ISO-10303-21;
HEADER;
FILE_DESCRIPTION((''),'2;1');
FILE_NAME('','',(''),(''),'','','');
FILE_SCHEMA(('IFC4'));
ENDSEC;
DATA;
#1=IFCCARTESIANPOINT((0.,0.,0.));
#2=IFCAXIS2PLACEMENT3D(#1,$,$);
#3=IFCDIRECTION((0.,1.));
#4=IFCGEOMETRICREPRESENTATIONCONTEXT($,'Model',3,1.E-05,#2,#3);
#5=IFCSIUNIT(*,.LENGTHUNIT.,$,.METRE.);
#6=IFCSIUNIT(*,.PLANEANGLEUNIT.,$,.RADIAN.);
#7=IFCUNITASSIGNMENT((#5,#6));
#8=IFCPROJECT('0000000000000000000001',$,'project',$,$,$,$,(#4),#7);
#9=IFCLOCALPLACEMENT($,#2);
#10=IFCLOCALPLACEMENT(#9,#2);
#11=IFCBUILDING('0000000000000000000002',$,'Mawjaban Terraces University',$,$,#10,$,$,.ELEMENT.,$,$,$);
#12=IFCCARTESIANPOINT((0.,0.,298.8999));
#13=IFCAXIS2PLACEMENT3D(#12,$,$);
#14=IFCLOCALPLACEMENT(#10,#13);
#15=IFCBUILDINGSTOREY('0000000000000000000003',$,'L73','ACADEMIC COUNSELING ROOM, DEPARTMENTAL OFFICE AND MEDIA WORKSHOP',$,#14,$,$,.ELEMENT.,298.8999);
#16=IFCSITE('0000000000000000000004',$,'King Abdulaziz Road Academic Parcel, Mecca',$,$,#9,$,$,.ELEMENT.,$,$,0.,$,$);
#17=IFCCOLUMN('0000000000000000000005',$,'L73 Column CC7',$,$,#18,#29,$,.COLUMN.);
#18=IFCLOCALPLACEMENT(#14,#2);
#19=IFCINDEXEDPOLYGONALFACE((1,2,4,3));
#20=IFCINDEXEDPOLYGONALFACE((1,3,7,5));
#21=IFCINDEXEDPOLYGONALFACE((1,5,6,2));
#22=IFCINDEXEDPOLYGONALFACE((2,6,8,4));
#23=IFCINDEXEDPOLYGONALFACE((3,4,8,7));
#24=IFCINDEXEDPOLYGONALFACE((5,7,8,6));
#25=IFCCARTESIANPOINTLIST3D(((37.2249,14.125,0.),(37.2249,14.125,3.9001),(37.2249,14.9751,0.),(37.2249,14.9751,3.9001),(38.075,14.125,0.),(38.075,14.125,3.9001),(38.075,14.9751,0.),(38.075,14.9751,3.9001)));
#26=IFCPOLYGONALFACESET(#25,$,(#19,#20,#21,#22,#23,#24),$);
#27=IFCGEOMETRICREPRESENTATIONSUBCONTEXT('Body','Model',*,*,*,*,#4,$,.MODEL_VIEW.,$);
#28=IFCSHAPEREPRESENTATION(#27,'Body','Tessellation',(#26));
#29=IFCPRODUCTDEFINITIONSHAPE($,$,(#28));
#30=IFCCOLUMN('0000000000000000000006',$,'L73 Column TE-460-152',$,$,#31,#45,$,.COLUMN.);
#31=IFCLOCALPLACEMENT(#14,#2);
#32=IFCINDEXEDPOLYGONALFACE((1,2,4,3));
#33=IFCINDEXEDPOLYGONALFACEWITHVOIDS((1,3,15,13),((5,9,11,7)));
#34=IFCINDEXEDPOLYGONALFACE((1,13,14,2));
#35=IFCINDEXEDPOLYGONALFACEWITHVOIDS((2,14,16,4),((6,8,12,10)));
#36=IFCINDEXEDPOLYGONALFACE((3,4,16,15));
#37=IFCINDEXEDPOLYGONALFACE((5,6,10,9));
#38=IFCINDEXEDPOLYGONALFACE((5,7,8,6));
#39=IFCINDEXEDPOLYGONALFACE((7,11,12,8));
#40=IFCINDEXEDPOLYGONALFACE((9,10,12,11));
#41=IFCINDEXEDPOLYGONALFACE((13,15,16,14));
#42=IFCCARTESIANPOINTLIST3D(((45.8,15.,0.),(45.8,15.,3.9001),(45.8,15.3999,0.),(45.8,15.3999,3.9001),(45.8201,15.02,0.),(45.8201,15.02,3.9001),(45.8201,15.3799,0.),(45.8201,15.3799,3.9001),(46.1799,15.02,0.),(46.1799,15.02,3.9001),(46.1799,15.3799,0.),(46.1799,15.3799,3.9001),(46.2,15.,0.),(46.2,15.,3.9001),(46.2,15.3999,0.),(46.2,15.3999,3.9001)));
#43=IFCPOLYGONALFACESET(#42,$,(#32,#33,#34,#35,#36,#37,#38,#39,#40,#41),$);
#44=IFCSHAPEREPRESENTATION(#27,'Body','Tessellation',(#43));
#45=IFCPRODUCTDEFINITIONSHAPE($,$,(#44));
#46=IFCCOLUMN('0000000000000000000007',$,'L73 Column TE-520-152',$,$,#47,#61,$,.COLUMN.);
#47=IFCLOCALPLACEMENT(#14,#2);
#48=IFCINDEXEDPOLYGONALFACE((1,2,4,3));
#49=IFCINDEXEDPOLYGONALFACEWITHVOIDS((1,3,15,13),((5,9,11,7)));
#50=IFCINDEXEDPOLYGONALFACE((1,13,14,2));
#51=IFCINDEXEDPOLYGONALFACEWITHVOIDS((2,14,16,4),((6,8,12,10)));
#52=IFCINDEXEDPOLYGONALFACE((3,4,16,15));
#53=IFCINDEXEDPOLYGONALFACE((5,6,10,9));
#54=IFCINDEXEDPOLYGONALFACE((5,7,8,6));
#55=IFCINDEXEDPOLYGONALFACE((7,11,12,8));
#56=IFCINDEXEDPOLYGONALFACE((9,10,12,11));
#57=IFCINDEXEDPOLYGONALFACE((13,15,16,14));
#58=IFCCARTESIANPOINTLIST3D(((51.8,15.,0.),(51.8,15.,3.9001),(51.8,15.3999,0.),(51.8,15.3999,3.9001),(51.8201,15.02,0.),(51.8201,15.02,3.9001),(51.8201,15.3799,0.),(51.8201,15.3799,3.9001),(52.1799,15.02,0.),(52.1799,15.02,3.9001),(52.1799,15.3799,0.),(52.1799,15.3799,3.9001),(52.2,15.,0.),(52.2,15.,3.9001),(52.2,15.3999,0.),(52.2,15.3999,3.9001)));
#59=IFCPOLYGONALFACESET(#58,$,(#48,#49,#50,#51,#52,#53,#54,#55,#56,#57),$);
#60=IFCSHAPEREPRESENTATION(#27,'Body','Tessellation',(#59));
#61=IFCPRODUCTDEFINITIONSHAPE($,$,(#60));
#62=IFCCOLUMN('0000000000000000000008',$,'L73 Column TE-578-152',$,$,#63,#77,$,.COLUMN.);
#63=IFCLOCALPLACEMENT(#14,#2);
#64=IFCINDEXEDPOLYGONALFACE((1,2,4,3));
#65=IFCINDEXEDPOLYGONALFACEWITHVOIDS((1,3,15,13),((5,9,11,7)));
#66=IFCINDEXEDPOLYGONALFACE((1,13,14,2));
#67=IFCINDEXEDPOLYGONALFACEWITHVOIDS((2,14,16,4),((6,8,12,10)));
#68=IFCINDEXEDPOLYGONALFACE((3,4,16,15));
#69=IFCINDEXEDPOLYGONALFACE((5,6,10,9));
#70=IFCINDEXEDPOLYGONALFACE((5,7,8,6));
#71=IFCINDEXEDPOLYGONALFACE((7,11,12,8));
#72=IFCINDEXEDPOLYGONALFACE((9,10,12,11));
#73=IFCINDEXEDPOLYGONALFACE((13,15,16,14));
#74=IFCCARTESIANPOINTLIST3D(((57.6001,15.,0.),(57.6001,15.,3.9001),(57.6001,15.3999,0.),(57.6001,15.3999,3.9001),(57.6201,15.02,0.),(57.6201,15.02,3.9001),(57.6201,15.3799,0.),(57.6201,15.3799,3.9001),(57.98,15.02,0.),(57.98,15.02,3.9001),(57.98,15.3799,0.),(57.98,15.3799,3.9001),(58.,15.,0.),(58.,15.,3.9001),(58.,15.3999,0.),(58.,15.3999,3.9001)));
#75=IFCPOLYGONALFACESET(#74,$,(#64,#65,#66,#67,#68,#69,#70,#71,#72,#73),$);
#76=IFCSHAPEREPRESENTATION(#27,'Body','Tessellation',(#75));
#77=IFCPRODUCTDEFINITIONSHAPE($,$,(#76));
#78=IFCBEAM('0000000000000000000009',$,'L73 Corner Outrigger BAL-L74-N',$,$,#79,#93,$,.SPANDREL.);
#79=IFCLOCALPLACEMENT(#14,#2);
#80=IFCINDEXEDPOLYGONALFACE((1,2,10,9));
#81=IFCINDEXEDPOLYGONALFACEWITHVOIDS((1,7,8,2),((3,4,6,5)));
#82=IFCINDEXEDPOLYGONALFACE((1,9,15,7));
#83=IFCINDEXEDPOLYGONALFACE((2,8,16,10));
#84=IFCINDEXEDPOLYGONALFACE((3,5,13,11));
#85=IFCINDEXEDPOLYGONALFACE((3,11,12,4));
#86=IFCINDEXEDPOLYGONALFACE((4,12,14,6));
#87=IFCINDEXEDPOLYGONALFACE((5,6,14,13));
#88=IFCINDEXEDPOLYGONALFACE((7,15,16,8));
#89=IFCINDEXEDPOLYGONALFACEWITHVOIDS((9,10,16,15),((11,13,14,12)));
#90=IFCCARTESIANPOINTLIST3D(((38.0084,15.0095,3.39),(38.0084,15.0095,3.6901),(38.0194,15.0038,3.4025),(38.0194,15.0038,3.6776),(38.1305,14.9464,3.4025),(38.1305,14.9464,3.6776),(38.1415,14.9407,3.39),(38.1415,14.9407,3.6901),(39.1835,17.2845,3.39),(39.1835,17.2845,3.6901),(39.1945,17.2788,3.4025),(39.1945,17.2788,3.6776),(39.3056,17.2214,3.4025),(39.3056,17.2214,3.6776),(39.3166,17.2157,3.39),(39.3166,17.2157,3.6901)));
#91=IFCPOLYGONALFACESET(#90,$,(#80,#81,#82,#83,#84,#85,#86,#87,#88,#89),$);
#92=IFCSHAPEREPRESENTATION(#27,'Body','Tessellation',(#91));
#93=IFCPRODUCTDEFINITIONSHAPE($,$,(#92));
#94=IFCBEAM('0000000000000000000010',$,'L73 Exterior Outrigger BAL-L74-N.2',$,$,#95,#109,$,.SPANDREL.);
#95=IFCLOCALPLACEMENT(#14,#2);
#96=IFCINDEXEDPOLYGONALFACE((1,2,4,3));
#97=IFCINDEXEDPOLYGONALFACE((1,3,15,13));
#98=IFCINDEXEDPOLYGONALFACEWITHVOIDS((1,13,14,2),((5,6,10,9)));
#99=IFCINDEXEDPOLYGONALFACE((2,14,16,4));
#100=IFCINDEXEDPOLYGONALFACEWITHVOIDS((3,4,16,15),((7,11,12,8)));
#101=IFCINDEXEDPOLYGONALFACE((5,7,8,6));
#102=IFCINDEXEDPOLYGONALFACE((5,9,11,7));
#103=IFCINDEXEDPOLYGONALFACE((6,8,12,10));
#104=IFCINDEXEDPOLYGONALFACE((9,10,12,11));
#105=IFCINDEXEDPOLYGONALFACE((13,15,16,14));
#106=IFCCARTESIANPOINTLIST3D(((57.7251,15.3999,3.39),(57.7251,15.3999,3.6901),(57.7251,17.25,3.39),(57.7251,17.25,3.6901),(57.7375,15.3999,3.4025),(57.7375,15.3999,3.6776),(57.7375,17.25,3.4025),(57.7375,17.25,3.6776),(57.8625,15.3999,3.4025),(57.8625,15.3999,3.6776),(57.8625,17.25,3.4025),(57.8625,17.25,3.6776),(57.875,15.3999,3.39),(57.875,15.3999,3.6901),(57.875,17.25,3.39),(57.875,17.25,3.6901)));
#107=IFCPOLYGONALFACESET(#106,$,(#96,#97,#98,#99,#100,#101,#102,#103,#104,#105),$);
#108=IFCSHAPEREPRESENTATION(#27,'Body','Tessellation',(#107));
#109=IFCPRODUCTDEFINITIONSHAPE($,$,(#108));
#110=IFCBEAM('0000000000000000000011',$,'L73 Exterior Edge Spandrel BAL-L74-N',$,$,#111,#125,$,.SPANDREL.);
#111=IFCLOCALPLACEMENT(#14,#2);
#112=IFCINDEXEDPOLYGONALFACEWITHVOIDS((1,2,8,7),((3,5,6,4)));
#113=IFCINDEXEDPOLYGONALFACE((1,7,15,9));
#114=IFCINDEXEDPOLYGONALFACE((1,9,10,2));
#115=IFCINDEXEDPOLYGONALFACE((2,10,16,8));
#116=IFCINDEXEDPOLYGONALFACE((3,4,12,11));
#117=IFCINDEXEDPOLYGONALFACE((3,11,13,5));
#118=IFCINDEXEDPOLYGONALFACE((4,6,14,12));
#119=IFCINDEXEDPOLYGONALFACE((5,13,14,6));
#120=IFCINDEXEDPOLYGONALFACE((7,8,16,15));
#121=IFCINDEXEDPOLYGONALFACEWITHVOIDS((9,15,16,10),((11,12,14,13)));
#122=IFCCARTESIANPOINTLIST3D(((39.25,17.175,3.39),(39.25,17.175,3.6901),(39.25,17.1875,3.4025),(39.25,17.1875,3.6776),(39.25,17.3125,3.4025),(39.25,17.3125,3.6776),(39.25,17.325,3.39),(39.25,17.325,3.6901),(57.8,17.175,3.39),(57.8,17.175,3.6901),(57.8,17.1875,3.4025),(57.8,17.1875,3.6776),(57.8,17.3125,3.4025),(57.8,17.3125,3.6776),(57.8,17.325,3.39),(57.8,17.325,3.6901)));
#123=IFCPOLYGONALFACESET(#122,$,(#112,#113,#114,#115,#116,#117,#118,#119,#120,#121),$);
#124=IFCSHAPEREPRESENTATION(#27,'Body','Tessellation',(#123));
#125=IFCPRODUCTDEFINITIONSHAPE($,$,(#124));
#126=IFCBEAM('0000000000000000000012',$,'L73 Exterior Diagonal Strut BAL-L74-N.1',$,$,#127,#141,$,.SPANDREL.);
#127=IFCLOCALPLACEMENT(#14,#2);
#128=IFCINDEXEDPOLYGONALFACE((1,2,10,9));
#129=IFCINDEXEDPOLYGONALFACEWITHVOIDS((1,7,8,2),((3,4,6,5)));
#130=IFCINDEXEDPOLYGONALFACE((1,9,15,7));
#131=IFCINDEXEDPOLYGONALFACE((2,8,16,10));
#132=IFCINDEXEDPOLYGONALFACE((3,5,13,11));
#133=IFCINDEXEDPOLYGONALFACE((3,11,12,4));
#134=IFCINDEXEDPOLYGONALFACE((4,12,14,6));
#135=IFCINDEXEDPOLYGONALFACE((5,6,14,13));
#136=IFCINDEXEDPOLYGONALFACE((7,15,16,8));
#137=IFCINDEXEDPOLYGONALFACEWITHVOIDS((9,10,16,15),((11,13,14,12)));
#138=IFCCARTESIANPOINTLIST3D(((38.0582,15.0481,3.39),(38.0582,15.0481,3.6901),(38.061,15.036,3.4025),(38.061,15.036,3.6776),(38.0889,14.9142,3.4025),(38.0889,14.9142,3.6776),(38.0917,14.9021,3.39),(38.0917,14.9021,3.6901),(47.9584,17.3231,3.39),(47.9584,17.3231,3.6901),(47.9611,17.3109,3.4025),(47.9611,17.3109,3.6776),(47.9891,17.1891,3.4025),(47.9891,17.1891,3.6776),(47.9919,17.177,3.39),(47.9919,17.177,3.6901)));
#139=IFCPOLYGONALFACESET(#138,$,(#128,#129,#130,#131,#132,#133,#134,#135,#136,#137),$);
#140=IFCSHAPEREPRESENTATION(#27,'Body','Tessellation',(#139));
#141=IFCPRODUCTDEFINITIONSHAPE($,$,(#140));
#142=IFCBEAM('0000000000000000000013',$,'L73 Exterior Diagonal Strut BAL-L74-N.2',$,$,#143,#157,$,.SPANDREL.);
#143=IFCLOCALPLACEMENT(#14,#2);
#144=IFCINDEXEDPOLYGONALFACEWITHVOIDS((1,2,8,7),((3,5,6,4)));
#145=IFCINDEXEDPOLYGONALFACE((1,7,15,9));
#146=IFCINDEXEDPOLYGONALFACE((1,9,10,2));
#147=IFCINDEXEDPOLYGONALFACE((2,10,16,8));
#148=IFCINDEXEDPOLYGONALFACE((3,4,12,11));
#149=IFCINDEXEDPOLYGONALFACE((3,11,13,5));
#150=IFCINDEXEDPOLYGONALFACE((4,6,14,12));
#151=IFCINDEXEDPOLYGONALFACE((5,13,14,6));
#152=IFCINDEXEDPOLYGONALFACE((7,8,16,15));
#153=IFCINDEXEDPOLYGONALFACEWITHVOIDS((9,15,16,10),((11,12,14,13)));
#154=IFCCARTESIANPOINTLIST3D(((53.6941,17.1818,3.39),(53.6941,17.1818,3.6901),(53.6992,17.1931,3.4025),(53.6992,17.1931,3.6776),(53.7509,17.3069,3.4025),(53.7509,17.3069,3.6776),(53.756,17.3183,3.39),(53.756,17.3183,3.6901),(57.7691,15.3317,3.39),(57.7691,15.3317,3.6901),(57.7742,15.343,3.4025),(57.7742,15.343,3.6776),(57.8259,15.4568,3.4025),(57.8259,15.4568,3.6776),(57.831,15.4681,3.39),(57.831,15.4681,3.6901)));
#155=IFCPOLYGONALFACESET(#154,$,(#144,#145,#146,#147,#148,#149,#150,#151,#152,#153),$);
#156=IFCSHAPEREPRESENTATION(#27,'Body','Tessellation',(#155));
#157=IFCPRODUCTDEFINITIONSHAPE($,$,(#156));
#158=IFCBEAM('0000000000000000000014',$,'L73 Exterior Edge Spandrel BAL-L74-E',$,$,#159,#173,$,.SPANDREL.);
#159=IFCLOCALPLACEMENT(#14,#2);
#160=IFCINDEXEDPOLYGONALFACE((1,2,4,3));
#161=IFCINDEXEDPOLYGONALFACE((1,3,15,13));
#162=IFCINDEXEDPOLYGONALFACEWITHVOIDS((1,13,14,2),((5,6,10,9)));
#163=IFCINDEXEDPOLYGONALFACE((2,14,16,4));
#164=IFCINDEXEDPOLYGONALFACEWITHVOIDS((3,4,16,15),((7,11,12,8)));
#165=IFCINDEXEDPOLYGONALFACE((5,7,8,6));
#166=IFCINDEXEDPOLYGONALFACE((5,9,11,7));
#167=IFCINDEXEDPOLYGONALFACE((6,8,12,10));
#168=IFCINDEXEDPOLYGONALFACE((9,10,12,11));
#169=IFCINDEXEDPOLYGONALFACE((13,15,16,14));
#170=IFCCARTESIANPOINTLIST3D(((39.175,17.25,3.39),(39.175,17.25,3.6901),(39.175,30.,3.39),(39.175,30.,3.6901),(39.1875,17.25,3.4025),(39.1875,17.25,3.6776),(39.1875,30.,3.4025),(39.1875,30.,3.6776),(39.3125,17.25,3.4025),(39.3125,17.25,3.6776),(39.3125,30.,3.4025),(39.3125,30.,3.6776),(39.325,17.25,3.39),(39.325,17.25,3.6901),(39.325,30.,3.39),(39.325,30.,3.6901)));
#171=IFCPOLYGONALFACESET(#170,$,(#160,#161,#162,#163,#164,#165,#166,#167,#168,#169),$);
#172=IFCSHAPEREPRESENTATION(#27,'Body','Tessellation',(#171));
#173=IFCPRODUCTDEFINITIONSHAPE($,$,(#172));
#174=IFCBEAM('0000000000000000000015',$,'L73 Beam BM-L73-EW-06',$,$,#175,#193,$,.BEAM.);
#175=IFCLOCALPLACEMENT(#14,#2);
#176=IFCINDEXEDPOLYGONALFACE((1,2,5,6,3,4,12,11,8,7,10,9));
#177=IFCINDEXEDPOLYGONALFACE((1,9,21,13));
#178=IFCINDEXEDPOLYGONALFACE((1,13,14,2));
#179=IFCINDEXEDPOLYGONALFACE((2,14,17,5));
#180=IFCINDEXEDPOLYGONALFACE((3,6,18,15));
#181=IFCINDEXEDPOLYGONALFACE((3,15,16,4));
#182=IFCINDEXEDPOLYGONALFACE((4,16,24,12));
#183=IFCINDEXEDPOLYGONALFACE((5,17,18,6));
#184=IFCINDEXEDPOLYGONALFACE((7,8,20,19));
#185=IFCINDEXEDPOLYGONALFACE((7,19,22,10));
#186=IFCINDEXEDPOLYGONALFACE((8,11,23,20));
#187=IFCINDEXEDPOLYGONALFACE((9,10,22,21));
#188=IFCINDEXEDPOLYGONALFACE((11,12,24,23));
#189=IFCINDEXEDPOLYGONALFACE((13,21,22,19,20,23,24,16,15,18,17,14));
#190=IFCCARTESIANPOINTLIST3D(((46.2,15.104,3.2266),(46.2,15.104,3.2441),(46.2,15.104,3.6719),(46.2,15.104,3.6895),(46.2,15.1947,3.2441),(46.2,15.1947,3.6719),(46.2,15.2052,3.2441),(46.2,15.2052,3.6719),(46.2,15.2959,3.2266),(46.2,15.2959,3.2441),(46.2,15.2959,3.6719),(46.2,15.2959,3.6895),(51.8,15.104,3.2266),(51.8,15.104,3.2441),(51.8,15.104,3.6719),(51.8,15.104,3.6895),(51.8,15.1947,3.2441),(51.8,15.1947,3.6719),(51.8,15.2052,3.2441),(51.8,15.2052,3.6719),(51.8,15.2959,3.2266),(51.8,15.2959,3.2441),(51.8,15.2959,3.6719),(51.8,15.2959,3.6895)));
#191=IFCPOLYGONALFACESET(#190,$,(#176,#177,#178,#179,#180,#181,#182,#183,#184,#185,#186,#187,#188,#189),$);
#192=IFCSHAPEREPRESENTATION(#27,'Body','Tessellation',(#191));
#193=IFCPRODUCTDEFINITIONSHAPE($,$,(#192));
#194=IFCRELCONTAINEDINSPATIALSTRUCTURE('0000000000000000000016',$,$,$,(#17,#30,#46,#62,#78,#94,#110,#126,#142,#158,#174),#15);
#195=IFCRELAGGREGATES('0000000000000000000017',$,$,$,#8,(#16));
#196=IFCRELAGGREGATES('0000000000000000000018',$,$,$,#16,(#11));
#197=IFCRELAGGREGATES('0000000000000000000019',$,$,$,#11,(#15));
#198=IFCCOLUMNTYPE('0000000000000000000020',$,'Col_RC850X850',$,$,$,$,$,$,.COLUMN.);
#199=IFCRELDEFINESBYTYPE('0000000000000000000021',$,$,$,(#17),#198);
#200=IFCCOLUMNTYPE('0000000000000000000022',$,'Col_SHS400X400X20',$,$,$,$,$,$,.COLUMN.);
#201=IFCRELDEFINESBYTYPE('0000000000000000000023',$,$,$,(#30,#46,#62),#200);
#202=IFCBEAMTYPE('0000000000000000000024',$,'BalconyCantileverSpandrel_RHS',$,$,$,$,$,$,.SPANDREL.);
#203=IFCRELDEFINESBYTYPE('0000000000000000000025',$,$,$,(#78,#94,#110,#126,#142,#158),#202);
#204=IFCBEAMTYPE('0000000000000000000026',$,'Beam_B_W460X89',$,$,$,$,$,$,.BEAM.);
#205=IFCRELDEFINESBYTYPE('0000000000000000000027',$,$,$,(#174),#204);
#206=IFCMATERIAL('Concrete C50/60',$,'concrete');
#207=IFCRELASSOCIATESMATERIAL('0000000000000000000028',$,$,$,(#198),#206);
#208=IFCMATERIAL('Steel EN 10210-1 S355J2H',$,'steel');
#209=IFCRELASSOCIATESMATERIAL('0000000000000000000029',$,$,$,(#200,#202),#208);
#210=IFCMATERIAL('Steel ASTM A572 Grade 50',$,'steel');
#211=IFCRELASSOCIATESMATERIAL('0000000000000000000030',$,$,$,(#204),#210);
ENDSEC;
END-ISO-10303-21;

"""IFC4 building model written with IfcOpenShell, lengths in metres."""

from ifc_helpers import new_model, si_unit, direction, frame, origin, origin_2d, place, context, subcontext, project, spatial, rectangle, hollow_rectangle, i_section, extrude, material, material_profile, profile_set, type_object, element, save


model = new_model("IFC4")

# Units and contexts
model_context = context("Model", 3, precision=1e-05, world=origin(), true_north=direction((0.0, 1.0)))
body_context = subcontext(model_context, "Body", "Model", "MODEL_VIEW")
ifc_project = project(units=[si_unit("LENGTHUNIT", "METRE"), si_unit("PLANEANGLEUNIT", "RADIAN")], contexts=[model_context])

# Site, building, storey
site_placement = place(None, origin())
site = spatial("IfcSite", under=ifc_project, at=site_placement, Name="King Abdulaziz Road Academic Parcel, Mecca", CompositionType="ELEMENT", RefElevation=0.0)
building_placement = place(site_placement, origin())
building = spatial("IfcBuilding", under=site, at=building_placement, Name="Mawjaban Terraces University", CompositionType="ELEMENT")
storey_placement = place(building_placement, frame((0.0, 0.0, 298.8999)))
storey = spatial("IfcBuildingStorey", under=building, at=storey_placement, Name="L73", Description="ACADEMIC COUNSELING ROOM, DEPARTMENTAL OFFICE AND MEDIA WORKSHOP", CompositionType="ELEMENT", Elevation=298.8999)

# Columns
ifc_material_1 = material(Name="Concrete C50/60", Category="concrete")
ifc_material_profile_1 = material_profile(ifc_material_1, rectangle(XDim=0.8501, YDim=0.8501, at=origin_2d()), Name="RC850X850")
ifc_profile_set_1 = profile_set([ifc_material_profile_1], Name="Concrete C50/60")
column_type_1 = type_object("IfcColumnType", Name="Col_RC850X850", PredefinedType="COLUMN", material=ifc_profile_set_1)
column_placement = place(storey_placement, frame((37.6499, 14.55, 0.0), z_axis=(0.0, 0.0, 1.0), x_axis=(1.0, 0.0, 0.0)))
element("IfcColumn", 1, at=column_placement, inside=storey, type_object=column_type_1, Name="L73 Column CC7", PredefinedType="COLUMN", context=body_context, shape_type="SweptSolid", body=[
    extrude(rectangle(XDim=0.8501, YDim=0.8501, at=origin_2d()), origin(), (0.0, 0.0, 1.0), 3.9001),
])
ifc_material_2 = material(Name="Steel EN 10210-1 S355J2H", Category="steel")
ifc_material_profile_2 = material_profile(ifc_material_2, hollow_rectangle(XDim=0.3999, YDim=0.3999, WallThickness=0.02, at=origin_2d()), Name="SHS400X400X20")
ifc_profile_set_2 = profile_set([ifc_material_profile_2], Name="Steel EN 10210-1 S355J2H")
column_type_2 = type_object("IfcColumnType", Name="Col_SHS400X400X20", PredefinedType="COLUMN", material=ifc_profile_set_2)
for number, where, z_axis, x_axis, name in (
    (2, (46.0, 15.2, 0.0), (0.0, 0.0, 1.0), (1.0, 0.0, 0.0), "L73 Column TE-460-152"),
    (3, (52.0, 15.2, 0.0), (0.0, 0.0, 1.0), (1.0, 0.0, 0.0), "L73 Column TE-520-152"),
    (4, (57.8, 15.2, 0.0), (0.0, 0.0, 1.0), (1.0, 0.0, 0.0), "L73 Column TE-578-152"),
):
    element("IfcColumn", number, at=place(storey_placement, frame(where, z_axis=z_axis, x_axis=x_axis)), inside=storey, type_object=column_type_2, Name=name, PredefinedType="COLUMN", context=body_context, shape_type="SweptSolid", body=[
        extrude(hollow_rectangle(XDim=0.3999, YDim=0.3999, WallThickness=0.02, at=origin_2d()), origin(), (0.0, 0.0, 1.0), 3.9001),
    ])

# Beams
ifc_material_profile_3 = material_profile(ifc_material_2, hollow_rectangle(XDim=0.1499, YDim=0.3, WallThickness=0.0125, at=origin_2d()), Name="RHS300X150X12.5")
ifc_profile_set_3 = profile_set([ifc_material_profile_3], Name="Steel EN 10210-1 S355J2H")
beam_type_1 = type_object("IfcBeamType", Name="BalconyCantileverSpandrel_RHS", PredefinedType="SPANDREL", material=ifc_profile_set_3)
beam_1_placement = place(storey_placement, frame((38.075, 14.9751, 3.54), z_axis=(0.458922, 0.888476, 0.0), x_axis=(-0.888476, 0.458922, 0.0)))
element("IfcBeam", 5, at=beam_1_placement, inside=storey, type_object=beam_type_1, Name="L73 Corner Outrigger BAL-L74-N", PredefinedType="SPANDREL", context=body_context, shape_type="SweptSolid", body=[
    extrude(hollow_rectangle(XDim=0.1499, YDim=0.3, WallThickness=0.0125, at=origin_2d()), origin(), (0.0, 0.0, 1.0), 2.5605),
])
beam_2_placement = place(storey_placement, frame((57.8, 15.3999, 3.54), z_axis=(0.0, 1.0, 0.0), x_axis=(-1.0, 0.0, 0.0)))
element("IfcBeam", 6, at=beam_2_placement, inside=storey, type_object=beam_type_1, Name="L73 Exterior Outrigger BAL-L74-N.2", PredefinedType="SPANDREL", context=body_context, shape_type="SweptSolid", body=[
    extrude(hollow_rectangle(XDim=0.1499, YDim=0.3, WallThickness=0.0125, at=origin_2d()), origin(), (0.0, 0.0, 1.0), 1.8501),
])
beam_3_placement = place(storey_placement, frame((39.25, 17.25, 3.54), z_axis=(1.0, 0.0, 0.0), x_axis=(0.0, 1.0, 0.0)))
element("IfcBeam", 7, at=beam_3_placement, inside=storey, type_object=beam_type_1, Name="L73 Exterior Edge Spandrel BAL-L74-N", PredefinedType="SPANDREL", context=body_context, shape_type="SweptSolid", body=[
    extrude(hollow_rectangle(XDim=0.1499, YDim=0.3, WallThickness=0.0125, at=origin_2d()), origin(), (0.0, 0.0, 1.0), 18.55),
])
beam_4_placement = place(storey_placement, frame((38.075, 14.9751, 3.54), z_axis=(0.974601, 0.223948, 0.0), x_axis=(-0.223948, 0.974601, 0.0)))
element("IfcBeam", 8, at=beam_4_placement, inside=storey, type_object=beam_type_1, Name="L73 Exterior Diagonal Strut BAL-L74-N.1", PredefinedType="SPANDREL", context=body_context, shape_type="SweptSolid", body=[
    extrude(hollow_rectangle(XDim=0.1499, YDim=0.3, WallThickness=0.0125, at=origin_2d()), origin(), (0.0, 0.0, 1.0), 10.1582),
])
beam_5_placement = place(storey_placement, frame((57.8, 15.3999, 3.54), z_axis=(-0.910548, 0.413404, 0.0), x_axis=(-0.413404, -0.910548, 0.0)))
element("IfcBeam", 9, at=beam_5_placement, inside=storey, type_object=beam_type_1, Name="L73 Exterior Diagonal Strut BAL-L74-N.2", PredefinedType="SPANDREL", context=body_context, shape_type="SweptSolid", body=[
    extrude(hollow_rectangle(XDim=0.1499, YDim=0.3, WallThickness=0.0125, at=origin_2d()), origin(), (0.0, 0.0, 1.0), 4.4753),
])
beam_6_placement = place(storey_placement, frame((39.25, 17.25, 3.54), z_axis=(0.0, 1.0, 0.0), x_axis=(-1.0, 0.0, 0.0)))
element("IfcBeam", 10, at=beam_6_placement, inside=storey, type_object=beam_type_1, Name="L73 Exterior Edge Spandrel BAL-L74-E", PredefinedType="SPANDREL", context=body_context, shape_type="SweptSolid", body=[
    extrude(hollow_rectangle(XDim=0.1499, YDim=0.3, WallThickness=0.0125, at=origin_2d()), origin(), (0.0, 0.0, 1.0), 12.75),
])
ifc_material_3 = material(Name="Steel ASTM A572 Grade 50", Category="steel")
ifc_material_profile_4 = material_profile(ifc_material_3, i_section(OverallWidth=0.1919, OverallDepth=0.4629, WebThickness=0.0105, FlangeThickness=0.0176, at=origin_2d()), Name="W460X89")
ifc_profile_set_4 = profile_set([ifc_material_profile_4], Name="Steel ASTM A572 Grade 50")
beam_type_2 = type_object("IfcBeamType", Name="Beam_B_W460X89", PredefinedType="BEAM", material=ifc_profile_set_4)
beam_7_placement = place(storey_placement, frame((46.2, 15.2, 3.458), z_axis=(1.0, 0.0, 0.0), x_axis=(0.0, 1.0, 0.0)))
element("IfcBeam", 11, at=beam_7_placement, inside=storey, type_object=beam_type_2, Name="L73 Beam BM-L73-EW-06", PredefinedType="BEAM", context=body_context, shape_type="SweptSolid", body=[
    extrude(i_section(OverallWidth=0.1919, OverallDepth=0.4629, WebThickness=0.0105, FlangeThickness=0.0176, at=origin_2d()), origin(), (0.0, 0.0, 1.0), 5.6001),
])

save(model, "model.ifc")
